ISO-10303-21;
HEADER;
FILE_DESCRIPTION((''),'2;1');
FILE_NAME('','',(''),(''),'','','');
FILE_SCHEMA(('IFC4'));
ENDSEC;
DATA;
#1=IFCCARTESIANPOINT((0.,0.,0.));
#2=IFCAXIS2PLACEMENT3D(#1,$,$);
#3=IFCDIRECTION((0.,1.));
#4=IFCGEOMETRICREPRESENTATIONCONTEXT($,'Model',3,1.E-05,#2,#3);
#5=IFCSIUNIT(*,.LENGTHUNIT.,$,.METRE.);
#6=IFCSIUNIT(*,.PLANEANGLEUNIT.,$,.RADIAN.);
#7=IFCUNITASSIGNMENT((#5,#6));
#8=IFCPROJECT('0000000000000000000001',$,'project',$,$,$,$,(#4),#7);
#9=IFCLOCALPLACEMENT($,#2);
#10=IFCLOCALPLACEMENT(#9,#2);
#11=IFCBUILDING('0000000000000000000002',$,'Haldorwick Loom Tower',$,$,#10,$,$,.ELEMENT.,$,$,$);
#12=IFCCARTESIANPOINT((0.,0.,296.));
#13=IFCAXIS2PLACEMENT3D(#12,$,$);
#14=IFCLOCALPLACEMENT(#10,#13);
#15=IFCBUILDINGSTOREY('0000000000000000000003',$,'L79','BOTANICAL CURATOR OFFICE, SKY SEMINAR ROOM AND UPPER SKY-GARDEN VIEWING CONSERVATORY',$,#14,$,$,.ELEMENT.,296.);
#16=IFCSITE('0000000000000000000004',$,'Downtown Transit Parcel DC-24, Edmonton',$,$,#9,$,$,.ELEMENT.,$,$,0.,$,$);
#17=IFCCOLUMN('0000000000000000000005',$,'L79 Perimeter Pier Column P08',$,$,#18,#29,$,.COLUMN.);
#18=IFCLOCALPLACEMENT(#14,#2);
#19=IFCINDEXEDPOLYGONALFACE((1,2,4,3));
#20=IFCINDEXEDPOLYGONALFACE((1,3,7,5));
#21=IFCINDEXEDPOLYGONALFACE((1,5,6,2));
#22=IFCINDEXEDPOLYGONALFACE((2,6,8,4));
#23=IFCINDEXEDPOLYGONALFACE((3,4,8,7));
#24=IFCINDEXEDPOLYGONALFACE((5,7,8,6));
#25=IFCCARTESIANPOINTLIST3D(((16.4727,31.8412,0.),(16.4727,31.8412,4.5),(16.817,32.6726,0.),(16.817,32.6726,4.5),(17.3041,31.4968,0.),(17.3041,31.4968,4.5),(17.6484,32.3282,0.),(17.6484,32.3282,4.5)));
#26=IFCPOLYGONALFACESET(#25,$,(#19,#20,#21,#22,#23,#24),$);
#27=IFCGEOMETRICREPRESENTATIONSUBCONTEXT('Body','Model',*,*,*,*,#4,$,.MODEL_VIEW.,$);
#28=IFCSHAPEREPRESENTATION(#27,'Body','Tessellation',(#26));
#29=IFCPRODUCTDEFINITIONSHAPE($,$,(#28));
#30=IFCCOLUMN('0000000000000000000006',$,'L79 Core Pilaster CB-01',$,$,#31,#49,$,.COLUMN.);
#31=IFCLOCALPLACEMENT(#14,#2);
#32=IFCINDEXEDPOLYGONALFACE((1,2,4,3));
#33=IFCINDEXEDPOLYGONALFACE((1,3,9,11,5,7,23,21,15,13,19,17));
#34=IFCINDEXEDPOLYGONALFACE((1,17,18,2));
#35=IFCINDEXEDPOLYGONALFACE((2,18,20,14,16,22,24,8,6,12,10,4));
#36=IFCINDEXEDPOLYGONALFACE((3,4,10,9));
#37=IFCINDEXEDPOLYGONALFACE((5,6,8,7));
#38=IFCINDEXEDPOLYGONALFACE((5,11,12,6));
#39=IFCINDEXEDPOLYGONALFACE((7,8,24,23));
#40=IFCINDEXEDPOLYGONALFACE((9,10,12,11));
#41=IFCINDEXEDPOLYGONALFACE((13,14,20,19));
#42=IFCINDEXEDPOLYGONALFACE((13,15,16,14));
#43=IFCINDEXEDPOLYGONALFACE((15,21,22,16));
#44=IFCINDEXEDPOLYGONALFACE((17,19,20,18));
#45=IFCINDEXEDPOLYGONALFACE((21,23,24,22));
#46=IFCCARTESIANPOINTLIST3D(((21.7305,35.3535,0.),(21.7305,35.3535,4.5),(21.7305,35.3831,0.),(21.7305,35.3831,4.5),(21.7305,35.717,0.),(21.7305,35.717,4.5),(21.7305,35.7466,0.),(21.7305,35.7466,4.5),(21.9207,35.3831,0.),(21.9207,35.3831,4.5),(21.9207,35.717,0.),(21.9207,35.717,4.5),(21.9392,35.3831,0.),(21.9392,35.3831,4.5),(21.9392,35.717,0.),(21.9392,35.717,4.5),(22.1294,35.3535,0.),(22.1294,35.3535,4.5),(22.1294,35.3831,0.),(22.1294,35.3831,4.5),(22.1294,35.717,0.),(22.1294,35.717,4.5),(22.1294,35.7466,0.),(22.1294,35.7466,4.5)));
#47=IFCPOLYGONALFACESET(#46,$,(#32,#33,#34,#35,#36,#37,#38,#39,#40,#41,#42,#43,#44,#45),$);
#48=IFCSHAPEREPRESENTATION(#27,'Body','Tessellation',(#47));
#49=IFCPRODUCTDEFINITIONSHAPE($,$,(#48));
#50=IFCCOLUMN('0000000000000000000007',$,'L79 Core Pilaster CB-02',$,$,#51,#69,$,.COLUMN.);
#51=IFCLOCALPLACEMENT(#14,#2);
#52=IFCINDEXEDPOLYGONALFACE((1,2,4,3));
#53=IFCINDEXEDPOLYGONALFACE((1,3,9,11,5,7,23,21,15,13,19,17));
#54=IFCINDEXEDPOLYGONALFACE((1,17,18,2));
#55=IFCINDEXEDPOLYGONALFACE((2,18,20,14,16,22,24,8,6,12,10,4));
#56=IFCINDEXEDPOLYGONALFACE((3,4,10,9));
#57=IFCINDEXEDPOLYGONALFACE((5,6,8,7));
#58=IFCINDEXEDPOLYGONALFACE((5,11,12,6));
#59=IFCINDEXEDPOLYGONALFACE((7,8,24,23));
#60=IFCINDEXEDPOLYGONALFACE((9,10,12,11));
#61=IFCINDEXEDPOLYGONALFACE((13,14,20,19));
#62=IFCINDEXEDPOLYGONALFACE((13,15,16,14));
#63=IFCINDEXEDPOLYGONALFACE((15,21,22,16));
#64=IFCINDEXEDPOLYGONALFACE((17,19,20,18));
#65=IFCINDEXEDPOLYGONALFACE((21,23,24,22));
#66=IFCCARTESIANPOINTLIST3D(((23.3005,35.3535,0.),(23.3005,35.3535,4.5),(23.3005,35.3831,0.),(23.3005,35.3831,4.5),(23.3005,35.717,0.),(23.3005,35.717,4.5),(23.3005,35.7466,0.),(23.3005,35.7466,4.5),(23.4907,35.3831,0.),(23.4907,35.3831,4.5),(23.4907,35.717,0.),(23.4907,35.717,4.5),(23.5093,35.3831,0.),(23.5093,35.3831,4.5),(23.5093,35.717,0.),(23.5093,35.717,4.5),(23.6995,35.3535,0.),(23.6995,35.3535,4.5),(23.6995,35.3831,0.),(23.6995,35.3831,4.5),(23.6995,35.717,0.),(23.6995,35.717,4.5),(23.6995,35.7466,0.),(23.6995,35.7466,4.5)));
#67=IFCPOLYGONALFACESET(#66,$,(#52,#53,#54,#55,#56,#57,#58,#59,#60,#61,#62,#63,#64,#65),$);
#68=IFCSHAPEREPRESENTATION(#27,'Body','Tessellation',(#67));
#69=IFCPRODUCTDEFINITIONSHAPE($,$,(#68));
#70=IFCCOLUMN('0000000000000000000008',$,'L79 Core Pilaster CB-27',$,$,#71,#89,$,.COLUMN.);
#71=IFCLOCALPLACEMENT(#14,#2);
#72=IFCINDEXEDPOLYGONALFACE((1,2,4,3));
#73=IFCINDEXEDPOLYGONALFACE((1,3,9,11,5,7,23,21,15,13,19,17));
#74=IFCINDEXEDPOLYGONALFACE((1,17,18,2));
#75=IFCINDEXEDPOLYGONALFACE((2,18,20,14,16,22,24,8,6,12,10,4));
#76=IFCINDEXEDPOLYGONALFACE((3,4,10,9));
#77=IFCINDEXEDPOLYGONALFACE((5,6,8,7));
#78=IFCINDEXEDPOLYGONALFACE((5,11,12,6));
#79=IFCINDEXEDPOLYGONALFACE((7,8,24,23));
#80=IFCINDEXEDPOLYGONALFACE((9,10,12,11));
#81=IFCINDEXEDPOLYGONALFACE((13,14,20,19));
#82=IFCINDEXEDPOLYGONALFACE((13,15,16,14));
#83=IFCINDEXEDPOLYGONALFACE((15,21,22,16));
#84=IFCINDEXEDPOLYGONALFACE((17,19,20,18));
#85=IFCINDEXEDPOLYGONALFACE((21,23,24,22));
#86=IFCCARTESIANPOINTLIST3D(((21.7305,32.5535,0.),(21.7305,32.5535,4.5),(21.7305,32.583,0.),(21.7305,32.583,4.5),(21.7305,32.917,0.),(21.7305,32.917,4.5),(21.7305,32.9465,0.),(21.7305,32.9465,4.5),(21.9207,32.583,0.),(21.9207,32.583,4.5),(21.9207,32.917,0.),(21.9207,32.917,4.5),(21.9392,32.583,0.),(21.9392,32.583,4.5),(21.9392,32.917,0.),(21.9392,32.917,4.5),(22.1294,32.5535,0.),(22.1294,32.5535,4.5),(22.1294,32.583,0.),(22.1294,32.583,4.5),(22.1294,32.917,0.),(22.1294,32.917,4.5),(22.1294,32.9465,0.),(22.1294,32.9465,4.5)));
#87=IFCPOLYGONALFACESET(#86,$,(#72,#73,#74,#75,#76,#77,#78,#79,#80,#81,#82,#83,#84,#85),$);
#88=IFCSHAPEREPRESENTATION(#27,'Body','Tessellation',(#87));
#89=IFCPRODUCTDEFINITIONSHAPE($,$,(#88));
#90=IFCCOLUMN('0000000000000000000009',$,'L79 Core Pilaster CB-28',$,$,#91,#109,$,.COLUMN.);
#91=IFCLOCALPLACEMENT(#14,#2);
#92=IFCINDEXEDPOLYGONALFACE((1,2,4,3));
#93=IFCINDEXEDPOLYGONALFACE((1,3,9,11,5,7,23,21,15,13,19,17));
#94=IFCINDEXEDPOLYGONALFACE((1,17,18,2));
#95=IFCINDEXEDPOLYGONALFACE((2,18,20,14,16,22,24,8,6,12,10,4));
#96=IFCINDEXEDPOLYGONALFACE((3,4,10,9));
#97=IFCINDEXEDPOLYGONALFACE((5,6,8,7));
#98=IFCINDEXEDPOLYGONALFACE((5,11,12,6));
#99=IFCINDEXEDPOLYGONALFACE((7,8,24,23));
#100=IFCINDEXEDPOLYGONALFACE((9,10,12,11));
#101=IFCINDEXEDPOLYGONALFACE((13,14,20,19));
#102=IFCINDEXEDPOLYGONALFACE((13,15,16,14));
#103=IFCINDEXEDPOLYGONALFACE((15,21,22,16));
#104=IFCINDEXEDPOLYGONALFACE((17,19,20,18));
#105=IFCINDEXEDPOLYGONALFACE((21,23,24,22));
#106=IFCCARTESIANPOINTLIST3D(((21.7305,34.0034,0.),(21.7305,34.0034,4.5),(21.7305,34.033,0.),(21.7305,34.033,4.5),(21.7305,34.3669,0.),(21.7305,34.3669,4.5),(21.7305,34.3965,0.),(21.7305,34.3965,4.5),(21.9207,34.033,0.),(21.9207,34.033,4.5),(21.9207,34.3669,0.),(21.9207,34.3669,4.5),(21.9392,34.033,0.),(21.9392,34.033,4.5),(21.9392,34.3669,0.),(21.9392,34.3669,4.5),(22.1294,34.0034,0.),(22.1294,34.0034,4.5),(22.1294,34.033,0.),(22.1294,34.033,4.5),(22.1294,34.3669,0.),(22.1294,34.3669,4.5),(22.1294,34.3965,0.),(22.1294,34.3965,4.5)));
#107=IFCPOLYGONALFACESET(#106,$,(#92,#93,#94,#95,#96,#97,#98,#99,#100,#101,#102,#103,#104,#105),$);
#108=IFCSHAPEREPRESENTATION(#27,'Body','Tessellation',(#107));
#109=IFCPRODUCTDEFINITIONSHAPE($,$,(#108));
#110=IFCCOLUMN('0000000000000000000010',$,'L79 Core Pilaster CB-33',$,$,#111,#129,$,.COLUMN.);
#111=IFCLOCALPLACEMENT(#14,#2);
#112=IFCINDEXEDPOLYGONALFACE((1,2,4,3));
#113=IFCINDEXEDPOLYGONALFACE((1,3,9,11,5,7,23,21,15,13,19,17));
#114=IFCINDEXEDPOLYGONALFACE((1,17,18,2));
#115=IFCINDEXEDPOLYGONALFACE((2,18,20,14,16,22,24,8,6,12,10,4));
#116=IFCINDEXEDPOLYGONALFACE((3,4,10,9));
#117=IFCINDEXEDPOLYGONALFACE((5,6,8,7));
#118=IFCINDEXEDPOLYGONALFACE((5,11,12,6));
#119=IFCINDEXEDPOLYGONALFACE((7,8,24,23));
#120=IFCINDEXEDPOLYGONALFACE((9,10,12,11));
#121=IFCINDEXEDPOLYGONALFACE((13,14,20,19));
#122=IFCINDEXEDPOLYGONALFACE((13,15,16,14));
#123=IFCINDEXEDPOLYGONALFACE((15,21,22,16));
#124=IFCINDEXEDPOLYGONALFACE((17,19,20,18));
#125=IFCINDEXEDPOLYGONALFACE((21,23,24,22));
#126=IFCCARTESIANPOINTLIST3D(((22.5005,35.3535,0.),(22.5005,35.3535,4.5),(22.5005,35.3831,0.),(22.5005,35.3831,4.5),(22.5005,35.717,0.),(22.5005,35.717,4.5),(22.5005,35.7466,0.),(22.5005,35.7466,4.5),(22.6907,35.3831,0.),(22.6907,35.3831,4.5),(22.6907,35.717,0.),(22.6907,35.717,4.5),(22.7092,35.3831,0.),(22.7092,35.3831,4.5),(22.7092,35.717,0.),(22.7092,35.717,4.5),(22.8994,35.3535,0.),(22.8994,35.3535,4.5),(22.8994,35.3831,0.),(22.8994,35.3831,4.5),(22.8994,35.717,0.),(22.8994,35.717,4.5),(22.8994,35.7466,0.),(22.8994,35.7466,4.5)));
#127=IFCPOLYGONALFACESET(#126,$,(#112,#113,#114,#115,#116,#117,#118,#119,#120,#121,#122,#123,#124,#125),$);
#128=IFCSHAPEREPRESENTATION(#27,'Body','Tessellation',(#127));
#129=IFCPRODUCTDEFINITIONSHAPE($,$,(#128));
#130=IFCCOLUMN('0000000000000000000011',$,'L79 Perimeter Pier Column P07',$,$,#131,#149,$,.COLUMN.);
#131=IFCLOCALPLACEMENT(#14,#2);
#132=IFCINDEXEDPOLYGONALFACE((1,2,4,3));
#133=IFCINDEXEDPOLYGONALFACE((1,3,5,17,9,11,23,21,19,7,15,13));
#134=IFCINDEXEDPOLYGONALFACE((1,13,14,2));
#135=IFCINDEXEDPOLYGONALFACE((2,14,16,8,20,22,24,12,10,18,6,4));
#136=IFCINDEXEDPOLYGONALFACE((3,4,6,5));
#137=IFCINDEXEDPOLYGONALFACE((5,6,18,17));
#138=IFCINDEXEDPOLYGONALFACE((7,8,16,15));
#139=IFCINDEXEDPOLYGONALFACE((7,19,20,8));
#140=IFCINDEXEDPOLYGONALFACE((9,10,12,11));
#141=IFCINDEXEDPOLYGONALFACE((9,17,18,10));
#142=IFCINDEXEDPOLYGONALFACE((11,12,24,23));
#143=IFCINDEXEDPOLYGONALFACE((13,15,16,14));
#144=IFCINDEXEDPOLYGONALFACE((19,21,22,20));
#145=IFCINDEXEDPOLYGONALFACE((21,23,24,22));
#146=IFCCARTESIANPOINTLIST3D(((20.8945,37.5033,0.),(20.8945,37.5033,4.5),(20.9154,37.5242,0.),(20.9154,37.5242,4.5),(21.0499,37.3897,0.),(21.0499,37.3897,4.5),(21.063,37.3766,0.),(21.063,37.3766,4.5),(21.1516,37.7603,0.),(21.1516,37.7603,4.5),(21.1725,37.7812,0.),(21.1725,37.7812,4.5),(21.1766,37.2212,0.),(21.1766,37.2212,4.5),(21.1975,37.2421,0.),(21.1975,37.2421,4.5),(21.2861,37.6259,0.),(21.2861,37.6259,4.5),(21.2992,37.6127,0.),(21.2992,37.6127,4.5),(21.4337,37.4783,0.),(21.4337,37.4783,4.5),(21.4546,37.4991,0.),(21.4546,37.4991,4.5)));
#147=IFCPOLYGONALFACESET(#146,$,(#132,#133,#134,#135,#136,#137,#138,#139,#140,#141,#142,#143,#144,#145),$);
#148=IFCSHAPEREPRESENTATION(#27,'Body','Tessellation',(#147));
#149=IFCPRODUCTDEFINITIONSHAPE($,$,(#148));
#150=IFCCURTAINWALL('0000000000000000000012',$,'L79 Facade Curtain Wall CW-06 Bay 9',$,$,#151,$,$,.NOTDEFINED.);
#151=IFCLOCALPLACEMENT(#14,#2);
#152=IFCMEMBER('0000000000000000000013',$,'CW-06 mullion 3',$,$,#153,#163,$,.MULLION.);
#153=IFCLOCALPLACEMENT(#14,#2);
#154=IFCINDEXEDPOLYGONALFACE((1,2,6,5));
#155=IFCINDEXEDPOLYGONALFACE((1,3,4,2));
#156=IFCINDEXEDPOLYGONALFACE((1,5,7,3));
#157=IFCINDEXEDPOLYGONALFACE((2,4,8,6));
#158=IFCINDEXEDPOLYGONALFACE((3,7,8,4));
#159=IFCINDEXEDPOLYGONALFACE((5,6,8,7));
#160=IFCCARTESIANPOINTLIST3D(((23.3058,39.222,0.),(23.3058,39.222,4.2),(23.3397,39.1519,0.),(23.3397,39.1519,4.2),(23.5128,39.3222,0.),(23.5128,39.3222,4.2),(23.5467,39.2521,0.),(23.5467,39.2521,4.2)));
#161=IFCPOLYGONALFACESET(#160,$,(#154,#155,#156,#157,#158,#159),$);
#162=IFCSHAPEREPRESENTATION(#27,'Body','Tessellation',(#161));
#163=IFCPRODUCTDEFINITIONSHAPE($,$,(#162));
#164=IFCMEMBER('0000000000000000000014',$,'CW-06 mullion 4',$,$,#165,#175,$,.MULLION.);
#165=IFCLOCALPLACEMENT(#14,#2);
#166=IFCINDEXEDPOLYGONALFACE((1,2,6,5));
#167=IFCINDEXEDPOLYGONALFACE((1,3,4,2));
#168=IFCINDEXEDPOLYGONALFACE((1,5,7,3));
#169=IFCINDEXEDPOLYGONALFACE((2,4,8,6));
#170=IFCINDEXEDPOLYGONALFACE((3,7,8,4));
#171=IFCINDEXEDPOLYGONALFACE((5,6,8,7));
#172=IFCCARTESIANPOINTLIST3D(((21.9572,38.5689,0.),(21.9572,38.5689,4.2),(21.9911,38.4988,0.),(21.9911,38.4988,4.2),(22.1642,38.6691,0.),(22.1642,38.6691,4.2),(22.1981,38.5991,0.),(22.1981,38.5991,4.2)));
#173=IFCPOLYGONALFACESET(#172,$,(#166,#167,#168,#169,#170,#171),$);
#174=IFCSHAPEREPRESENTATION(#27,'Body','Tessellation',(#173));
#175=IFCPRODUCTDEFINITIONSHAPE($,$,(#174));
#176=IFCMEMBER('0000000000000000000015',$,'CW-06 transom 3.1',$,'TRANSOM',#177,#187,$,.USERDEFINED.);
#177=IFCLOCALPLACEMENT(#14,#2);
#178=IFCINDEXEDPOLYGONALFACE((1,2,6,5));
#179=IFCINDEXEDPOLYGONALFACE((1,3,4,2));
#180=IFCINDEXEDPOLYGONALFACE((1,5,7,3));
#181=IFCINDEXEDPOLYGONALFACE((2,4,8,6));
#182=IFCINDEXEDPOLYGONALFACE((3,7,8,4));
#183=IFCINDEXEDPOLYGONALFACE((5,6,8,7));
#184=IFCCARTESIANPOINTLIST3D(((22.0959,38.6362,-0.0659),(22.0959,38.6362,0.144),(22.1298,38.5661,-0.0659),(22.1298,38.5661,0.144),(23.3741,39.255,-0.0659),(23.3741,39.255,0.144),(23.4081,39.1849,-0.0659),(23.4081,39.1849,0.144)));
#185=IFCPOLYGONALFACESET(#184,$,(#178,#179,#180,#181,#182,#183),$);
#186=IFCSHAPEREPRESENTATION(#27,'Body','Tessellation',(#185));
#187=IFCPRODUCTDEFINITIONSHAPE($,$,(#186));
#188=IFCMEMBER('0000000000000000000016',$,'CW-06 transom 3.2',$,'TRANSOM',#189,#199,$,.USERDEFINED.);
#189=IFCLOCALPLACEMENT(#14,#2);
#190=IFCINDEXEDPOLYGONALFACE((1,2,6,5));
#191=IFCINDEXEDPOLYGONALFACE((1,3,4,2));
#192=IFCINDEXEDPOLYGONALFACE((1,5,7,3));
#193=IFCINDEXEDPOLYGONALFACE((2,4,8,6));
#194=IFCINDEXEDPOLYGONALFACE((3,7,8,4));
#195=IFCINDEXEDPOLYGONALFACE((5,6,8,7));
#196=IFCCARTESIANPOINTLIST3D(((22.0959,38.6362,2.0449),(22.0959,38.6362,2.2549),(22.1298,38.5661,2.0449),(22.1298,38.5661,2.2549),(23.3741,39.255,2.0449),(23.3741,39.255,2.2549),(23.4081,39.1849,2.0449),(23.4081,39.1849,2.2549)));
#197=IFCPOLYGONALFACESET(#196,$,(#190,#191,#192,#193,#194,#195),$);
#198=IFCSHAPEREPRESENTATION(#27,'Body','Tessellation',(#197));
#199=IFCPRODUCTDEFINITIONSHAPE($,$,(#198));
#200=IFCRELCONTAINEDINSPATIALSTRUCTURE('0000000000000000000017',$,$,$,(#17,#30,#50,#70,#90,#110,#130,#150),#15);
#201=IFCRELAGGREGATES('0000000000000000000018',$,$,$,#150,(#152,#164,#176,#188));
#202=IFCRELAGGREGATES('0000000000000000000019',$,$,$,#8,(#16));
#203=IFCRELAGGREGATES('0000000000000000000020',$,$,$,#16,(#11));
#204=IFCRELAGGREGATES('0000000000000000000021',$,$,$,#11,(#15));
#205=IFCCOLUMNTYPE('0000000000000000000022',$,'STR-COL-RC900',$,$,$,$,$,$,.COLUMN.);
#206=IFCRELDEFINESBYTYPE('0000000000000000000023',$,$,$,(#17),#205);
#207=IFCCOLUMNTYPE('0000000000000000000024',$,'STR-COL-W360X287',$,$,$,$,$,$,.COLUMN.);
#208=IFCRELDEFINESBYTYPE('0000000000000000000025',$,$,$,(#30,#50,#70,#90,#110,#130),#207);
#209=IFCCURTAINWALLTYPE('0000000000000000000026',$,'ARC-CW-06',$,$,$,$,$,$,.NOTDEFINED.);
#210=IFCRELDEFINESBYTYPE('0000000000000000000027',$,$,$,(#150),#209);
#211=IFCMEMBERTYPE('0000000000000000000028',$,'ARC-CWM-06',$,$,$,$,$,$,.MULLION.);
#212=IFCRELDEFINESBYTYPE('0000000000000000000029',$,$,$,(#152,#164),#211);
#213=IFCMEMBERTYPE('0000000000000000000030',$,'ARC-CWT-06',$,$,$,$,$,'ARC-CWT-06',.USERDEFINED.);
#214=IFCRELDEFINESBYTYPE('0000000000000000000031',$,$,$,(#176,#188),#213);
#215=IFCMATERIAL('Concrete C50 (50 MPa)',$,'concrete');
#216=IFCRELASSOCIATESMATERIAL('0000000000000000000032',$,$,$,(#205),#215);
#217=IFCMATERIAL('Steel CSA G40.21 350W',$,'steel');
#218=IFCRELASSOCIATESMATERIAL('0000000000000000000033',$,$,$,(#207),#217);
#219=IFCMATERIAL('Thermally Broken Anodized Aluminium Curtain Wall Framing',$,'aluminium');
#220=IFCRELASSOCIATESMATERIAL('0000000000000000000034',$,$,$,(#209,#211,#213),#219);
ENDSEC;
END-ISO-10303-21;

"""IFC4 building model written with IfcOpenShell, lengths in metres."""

from ifc_helpers import new_model, si_unit, direction, frame, origin, origin_2d, place, context, subcontext, project, spatial, rectangle, i_section, extrude, material, material_profile, profile_set, type_object, element, aggregate, save


model = new_model("IFC4")

# Units and contexts
model_context = context("Model", 3, precision=1e-05, world=origin(), true_north=direction((0.0, 1.0)))
body_context = subcontext(model_context, "Body", "Model", "MODEL_VIEW")
ifc_project = project(units=[si_unit("LENGTHUNIT", "METRE"), si_unit("PLANEANGLEUNIT", "RADIAN")], contexts=[model_context])

# Site, building, storey
site_placement = place(None, origin())
site = spatial("IfcSite", under=ifc_project, at=site_placement, Name="Downtown Transit Parcel DC-24, Edmonton", CompositionType="ELEMENT", RefElevation=0.0)
building_placement = place(site_placement, origin())
building = spatial("IfcBuilding", under=site, at=building_placement, Name="Haldorwick Loom Tower", CompositionType="ELEMENT")
storey_placement = place(building_placement, frame((0.0, 0.0, 296.0)))
storey = spatial("IfcBuildingStorey", under=building, at=storey_placement, Name="L79", Description="BOTANICAL CURATOR OFFICE, SKY SEMINAR ROOM AND UPPER SKY-GARDEN VIEWING CONSERVATORY", CompositionType="ELEMENT", Elevation=296.0)

# Columns
ifc_material_1 = material(Name="Concrete C50 (50 MPa)", Category="concrete")
ifc_material_profile_1 = material_profile(ifc_material_1, rectangle(XDim=0.8999, YDim=0.8999, at=origin_2d()), Name="RC900X900", Category="concrete")
ifc_profile_set_1 = profile_set([ifc_material_profile_1], Name="Concrete C50 (50 MPa)")
column_type_1 = type_object("IfcColumnType", Name="STR-COL-RC900", PredefinedType="COLUMN", material=ifc_profile_set_1)
column_placement = place(storey_placement, frame((17.0605, 32.0847, 0.0), z_axis=(0.0, 0.0, 1.0), x_axis=(-0.92388, 0.382683, 0.0)))
element("IfcColumn", 1, at=column_placement, inside=storey, type_object=column_type_1, Name="L79 Perimeter Pier Column P08", PredefinedType="COLUMN", context=body_context, shape_type="SweptSolid", body=[
    extrude(rectangle(XDim=0.8999, YDim=0.8999, at=origin_2d()), origin(), (0.0, 0.0, 1.0), 4.5),
])
ifc_material_2 = material(Name="Steel CSA G40.21 350W", Category="steel")
ifc_material_profile_2 = material_profile(ifc_material_2, i_section(OverallWidth=0.3989, OverallDepth=0.3931, WebThickness=0.0186, FlangeThickness=0.0295, at=origin_2d()), Name="W360X287", Category="steel")
ifc_profile_set_2 = profile_set([ifc_material_profile_2], Name="Steel CSA G40.21 350W")
column_type_2 = type_object("IfcColumnType", Name="STR-COL-W360X287", PredefinedType="COLUMN", material=ifc_profile_set_2)
for number, where, z_axis, x_axis, name in (
    (2, (21.9299, 35.55, 0.0), (0.0, 0.0, 1.0), (1.0, 0.0, 0.0), "L79 Core Pilaster CB-01"),
    (3, (23.5, 35.55, 0.0), (0.0, 0.0, 1.0), (1.0, 0.0, 0.0), "L79 Core Pilaster CB-02"),
    (4, (21.9299, 32.75, 0.0), (0.0, 0.0, 1.0), (1.0, 0.0, 0.0), "L79 Core Pilaster CB-27"),
    (5, (21.9299, 34.2, 0.0), (0.0, 0.0, 1.0), (1.0, 0.0, 0.0), "L79 Core Pilaster CB-28"),
    (6, (22.7, 35.55, 0.0), (0.0, 0.0, 1.0), (1.0, 0.0, 0.0), "L79 Core Pilaster CB-33"),
    (7, (21.1746, 37.5012, 0.0), (0.0, 0.0, 1.0), (-0.707107, 0.707107, 0.0), "L79 Perimeter Pier Column P07"),
):
    element("IfcColumn", number, at=place(storey_placement, frame(where, z_axis=z_axis, x_axis=x_axis)), inside=storey, type_object=column_type_2, Name=name, PredefinedType="COLUMN", context=body_context, shape_type="SweptSolid", body=[
        extrude(i_section(OverallWidth=0.3989, OverallDepth=0.3931, WebThickness=0.0186, FlangeThickness=0.0295, at=origin_2d()), origin(), (0.0, 0.0, 1.0), 4.5),
    ])

# Curtain wall, members
ifc_material_3 = material(Name="Thermally Broken Anodized Aluminium Curtain Wall Framing", Category="aluminium")
curtain_wall_type = type_object("IfcCurtainWallType", Name="ARC-CW-06", PredefinedType="NOTDEFINED", material=ifc_material_3)
curtain_wall_placement = place(storey_placement, origin())
curtain_wall = element("IfcCurtainWall", 8, at=curtain_wall_placement, inside=storey, type_object=curtain_wall_type, Name="L79 Facade Curtain Wall CW-06 Bay 9", PredefinedType="NOTDEFINED")
ifc_material_profile_3 = material_profile(ifc_material_3, rectangle(XDim=0.0779, YDim=0.23, at=origin_2d()), Name="ALU_MUL_78X230", Category="aluminium")
ifc_profile_set_3 = profile_set([ifc_material_profile_3], Name="Thermally Broken Anodized Aluminium Curtain Wall Framing")
member_type_1 = type_object("IfcMemberType", Name="ARC-CWM-06", PredefinedType="MULLION", material=ifc_profile_set_3)
member_1_placement = place(storey_placement, frame((23.4263, 39.2371, 0.0), z_axis=(0.0, 0.0, 1.0), x_axis=(0.435824, -0.900032, 0.0)))
member_1 = element("IfcMember", 9, at=member_1_placement, type_object=member_type_1, Name="CW-06 mullion 3", PredefinedType="MULLION", context=body_context, shape_type="SweptSolid", body=[
    extrude(rectangle(XDim=0.0779, YDim=0.23, at=origin_2d()), origin(), (0.0, 0.0, 1.0), 4.2),
])
member_2_placement = place(storey_placement, frame((22.0776, 38.584, 0.0), z_axis=(0.0, 0.0, 1.0), x_axis=(0.435824, -0.900032, 0.0)))
member_2 = element("IfcMember", 10, at=member_2_placement, type_object=member_type_1, Name="CW-06 mullion 4", PredefinedType="MULLION", context=body_context, shape_type="SweptSolid", body=[
    extrude(rectangle(XDim=0.0779, YDim=0.23, at=origin_2d()), origin(), (0.0, 0.0, 1.0), 4.2),
])
ifc_material_profile_4 = material_profile(ifc_material_3, rectangle(XDim=0.0779, YDim=0.21, at=origin_2d()), Name="ALU_TRN_78X210", Category="aluminium")
ifc_profile_set_4 = profile_set([ifc_material_profile_4], Name="Thermally Broken Anodized Aluminium Curtain Wall Framing")
member_type_2 = type_object("IfcMemberType", Name="ARC-CWT-06", ElementType="ARC-CWT-06", PredefinedType="USERDEFINED", material=ifc_profile_set_4)
member_3_placement = place(storey_placement, frame((23.3911, 39.22, 0.0391), z_axis=(-0.900061, -0.435763, 0.0), x_axis=(0.435763, -0.900061, 0.0)))
member_3 = element("IfcMember", 11, at=member_3_placement, type_object=member_type_2, Name="CW-06 transom 3.1", ObjectType="TRANSOM", PredefinedType="USERDEFINED", context=body_context, shape_type="SweptSolid", body=[
    extrude(rectangle(XDim=0.0779, YDim=0.21, at=origin_2d()), origin(), (0.0, 0.0, 1.0), 1.4202),
])
member_4_placement = place(storey_placement, frame((23.3911, 39.22, 2.1499), z_axis=(-0.900061, -0.435763, 0.0), x_axis=(0.435763, -0.900061, 0.0)))
member_4 = element("IfcMember", 12, at=member_4_placement, type_object=member_type_2, Name="CW-06 transom 3.2", ObjectType="TRANSOM", PredefinedType="USERDEFINED", context=body_context, shape_type="SweptSolid", body=[
    extrude(rectangle(XDim=0.0779, YDim=0.21, at=origin_2d()), origin(), (0.0, 0.0, 1.0), 1.4202),
])

aggregate(curtain_wall, [member_1, member_2, member_3, member_4])

save(model, "model.ifc")
